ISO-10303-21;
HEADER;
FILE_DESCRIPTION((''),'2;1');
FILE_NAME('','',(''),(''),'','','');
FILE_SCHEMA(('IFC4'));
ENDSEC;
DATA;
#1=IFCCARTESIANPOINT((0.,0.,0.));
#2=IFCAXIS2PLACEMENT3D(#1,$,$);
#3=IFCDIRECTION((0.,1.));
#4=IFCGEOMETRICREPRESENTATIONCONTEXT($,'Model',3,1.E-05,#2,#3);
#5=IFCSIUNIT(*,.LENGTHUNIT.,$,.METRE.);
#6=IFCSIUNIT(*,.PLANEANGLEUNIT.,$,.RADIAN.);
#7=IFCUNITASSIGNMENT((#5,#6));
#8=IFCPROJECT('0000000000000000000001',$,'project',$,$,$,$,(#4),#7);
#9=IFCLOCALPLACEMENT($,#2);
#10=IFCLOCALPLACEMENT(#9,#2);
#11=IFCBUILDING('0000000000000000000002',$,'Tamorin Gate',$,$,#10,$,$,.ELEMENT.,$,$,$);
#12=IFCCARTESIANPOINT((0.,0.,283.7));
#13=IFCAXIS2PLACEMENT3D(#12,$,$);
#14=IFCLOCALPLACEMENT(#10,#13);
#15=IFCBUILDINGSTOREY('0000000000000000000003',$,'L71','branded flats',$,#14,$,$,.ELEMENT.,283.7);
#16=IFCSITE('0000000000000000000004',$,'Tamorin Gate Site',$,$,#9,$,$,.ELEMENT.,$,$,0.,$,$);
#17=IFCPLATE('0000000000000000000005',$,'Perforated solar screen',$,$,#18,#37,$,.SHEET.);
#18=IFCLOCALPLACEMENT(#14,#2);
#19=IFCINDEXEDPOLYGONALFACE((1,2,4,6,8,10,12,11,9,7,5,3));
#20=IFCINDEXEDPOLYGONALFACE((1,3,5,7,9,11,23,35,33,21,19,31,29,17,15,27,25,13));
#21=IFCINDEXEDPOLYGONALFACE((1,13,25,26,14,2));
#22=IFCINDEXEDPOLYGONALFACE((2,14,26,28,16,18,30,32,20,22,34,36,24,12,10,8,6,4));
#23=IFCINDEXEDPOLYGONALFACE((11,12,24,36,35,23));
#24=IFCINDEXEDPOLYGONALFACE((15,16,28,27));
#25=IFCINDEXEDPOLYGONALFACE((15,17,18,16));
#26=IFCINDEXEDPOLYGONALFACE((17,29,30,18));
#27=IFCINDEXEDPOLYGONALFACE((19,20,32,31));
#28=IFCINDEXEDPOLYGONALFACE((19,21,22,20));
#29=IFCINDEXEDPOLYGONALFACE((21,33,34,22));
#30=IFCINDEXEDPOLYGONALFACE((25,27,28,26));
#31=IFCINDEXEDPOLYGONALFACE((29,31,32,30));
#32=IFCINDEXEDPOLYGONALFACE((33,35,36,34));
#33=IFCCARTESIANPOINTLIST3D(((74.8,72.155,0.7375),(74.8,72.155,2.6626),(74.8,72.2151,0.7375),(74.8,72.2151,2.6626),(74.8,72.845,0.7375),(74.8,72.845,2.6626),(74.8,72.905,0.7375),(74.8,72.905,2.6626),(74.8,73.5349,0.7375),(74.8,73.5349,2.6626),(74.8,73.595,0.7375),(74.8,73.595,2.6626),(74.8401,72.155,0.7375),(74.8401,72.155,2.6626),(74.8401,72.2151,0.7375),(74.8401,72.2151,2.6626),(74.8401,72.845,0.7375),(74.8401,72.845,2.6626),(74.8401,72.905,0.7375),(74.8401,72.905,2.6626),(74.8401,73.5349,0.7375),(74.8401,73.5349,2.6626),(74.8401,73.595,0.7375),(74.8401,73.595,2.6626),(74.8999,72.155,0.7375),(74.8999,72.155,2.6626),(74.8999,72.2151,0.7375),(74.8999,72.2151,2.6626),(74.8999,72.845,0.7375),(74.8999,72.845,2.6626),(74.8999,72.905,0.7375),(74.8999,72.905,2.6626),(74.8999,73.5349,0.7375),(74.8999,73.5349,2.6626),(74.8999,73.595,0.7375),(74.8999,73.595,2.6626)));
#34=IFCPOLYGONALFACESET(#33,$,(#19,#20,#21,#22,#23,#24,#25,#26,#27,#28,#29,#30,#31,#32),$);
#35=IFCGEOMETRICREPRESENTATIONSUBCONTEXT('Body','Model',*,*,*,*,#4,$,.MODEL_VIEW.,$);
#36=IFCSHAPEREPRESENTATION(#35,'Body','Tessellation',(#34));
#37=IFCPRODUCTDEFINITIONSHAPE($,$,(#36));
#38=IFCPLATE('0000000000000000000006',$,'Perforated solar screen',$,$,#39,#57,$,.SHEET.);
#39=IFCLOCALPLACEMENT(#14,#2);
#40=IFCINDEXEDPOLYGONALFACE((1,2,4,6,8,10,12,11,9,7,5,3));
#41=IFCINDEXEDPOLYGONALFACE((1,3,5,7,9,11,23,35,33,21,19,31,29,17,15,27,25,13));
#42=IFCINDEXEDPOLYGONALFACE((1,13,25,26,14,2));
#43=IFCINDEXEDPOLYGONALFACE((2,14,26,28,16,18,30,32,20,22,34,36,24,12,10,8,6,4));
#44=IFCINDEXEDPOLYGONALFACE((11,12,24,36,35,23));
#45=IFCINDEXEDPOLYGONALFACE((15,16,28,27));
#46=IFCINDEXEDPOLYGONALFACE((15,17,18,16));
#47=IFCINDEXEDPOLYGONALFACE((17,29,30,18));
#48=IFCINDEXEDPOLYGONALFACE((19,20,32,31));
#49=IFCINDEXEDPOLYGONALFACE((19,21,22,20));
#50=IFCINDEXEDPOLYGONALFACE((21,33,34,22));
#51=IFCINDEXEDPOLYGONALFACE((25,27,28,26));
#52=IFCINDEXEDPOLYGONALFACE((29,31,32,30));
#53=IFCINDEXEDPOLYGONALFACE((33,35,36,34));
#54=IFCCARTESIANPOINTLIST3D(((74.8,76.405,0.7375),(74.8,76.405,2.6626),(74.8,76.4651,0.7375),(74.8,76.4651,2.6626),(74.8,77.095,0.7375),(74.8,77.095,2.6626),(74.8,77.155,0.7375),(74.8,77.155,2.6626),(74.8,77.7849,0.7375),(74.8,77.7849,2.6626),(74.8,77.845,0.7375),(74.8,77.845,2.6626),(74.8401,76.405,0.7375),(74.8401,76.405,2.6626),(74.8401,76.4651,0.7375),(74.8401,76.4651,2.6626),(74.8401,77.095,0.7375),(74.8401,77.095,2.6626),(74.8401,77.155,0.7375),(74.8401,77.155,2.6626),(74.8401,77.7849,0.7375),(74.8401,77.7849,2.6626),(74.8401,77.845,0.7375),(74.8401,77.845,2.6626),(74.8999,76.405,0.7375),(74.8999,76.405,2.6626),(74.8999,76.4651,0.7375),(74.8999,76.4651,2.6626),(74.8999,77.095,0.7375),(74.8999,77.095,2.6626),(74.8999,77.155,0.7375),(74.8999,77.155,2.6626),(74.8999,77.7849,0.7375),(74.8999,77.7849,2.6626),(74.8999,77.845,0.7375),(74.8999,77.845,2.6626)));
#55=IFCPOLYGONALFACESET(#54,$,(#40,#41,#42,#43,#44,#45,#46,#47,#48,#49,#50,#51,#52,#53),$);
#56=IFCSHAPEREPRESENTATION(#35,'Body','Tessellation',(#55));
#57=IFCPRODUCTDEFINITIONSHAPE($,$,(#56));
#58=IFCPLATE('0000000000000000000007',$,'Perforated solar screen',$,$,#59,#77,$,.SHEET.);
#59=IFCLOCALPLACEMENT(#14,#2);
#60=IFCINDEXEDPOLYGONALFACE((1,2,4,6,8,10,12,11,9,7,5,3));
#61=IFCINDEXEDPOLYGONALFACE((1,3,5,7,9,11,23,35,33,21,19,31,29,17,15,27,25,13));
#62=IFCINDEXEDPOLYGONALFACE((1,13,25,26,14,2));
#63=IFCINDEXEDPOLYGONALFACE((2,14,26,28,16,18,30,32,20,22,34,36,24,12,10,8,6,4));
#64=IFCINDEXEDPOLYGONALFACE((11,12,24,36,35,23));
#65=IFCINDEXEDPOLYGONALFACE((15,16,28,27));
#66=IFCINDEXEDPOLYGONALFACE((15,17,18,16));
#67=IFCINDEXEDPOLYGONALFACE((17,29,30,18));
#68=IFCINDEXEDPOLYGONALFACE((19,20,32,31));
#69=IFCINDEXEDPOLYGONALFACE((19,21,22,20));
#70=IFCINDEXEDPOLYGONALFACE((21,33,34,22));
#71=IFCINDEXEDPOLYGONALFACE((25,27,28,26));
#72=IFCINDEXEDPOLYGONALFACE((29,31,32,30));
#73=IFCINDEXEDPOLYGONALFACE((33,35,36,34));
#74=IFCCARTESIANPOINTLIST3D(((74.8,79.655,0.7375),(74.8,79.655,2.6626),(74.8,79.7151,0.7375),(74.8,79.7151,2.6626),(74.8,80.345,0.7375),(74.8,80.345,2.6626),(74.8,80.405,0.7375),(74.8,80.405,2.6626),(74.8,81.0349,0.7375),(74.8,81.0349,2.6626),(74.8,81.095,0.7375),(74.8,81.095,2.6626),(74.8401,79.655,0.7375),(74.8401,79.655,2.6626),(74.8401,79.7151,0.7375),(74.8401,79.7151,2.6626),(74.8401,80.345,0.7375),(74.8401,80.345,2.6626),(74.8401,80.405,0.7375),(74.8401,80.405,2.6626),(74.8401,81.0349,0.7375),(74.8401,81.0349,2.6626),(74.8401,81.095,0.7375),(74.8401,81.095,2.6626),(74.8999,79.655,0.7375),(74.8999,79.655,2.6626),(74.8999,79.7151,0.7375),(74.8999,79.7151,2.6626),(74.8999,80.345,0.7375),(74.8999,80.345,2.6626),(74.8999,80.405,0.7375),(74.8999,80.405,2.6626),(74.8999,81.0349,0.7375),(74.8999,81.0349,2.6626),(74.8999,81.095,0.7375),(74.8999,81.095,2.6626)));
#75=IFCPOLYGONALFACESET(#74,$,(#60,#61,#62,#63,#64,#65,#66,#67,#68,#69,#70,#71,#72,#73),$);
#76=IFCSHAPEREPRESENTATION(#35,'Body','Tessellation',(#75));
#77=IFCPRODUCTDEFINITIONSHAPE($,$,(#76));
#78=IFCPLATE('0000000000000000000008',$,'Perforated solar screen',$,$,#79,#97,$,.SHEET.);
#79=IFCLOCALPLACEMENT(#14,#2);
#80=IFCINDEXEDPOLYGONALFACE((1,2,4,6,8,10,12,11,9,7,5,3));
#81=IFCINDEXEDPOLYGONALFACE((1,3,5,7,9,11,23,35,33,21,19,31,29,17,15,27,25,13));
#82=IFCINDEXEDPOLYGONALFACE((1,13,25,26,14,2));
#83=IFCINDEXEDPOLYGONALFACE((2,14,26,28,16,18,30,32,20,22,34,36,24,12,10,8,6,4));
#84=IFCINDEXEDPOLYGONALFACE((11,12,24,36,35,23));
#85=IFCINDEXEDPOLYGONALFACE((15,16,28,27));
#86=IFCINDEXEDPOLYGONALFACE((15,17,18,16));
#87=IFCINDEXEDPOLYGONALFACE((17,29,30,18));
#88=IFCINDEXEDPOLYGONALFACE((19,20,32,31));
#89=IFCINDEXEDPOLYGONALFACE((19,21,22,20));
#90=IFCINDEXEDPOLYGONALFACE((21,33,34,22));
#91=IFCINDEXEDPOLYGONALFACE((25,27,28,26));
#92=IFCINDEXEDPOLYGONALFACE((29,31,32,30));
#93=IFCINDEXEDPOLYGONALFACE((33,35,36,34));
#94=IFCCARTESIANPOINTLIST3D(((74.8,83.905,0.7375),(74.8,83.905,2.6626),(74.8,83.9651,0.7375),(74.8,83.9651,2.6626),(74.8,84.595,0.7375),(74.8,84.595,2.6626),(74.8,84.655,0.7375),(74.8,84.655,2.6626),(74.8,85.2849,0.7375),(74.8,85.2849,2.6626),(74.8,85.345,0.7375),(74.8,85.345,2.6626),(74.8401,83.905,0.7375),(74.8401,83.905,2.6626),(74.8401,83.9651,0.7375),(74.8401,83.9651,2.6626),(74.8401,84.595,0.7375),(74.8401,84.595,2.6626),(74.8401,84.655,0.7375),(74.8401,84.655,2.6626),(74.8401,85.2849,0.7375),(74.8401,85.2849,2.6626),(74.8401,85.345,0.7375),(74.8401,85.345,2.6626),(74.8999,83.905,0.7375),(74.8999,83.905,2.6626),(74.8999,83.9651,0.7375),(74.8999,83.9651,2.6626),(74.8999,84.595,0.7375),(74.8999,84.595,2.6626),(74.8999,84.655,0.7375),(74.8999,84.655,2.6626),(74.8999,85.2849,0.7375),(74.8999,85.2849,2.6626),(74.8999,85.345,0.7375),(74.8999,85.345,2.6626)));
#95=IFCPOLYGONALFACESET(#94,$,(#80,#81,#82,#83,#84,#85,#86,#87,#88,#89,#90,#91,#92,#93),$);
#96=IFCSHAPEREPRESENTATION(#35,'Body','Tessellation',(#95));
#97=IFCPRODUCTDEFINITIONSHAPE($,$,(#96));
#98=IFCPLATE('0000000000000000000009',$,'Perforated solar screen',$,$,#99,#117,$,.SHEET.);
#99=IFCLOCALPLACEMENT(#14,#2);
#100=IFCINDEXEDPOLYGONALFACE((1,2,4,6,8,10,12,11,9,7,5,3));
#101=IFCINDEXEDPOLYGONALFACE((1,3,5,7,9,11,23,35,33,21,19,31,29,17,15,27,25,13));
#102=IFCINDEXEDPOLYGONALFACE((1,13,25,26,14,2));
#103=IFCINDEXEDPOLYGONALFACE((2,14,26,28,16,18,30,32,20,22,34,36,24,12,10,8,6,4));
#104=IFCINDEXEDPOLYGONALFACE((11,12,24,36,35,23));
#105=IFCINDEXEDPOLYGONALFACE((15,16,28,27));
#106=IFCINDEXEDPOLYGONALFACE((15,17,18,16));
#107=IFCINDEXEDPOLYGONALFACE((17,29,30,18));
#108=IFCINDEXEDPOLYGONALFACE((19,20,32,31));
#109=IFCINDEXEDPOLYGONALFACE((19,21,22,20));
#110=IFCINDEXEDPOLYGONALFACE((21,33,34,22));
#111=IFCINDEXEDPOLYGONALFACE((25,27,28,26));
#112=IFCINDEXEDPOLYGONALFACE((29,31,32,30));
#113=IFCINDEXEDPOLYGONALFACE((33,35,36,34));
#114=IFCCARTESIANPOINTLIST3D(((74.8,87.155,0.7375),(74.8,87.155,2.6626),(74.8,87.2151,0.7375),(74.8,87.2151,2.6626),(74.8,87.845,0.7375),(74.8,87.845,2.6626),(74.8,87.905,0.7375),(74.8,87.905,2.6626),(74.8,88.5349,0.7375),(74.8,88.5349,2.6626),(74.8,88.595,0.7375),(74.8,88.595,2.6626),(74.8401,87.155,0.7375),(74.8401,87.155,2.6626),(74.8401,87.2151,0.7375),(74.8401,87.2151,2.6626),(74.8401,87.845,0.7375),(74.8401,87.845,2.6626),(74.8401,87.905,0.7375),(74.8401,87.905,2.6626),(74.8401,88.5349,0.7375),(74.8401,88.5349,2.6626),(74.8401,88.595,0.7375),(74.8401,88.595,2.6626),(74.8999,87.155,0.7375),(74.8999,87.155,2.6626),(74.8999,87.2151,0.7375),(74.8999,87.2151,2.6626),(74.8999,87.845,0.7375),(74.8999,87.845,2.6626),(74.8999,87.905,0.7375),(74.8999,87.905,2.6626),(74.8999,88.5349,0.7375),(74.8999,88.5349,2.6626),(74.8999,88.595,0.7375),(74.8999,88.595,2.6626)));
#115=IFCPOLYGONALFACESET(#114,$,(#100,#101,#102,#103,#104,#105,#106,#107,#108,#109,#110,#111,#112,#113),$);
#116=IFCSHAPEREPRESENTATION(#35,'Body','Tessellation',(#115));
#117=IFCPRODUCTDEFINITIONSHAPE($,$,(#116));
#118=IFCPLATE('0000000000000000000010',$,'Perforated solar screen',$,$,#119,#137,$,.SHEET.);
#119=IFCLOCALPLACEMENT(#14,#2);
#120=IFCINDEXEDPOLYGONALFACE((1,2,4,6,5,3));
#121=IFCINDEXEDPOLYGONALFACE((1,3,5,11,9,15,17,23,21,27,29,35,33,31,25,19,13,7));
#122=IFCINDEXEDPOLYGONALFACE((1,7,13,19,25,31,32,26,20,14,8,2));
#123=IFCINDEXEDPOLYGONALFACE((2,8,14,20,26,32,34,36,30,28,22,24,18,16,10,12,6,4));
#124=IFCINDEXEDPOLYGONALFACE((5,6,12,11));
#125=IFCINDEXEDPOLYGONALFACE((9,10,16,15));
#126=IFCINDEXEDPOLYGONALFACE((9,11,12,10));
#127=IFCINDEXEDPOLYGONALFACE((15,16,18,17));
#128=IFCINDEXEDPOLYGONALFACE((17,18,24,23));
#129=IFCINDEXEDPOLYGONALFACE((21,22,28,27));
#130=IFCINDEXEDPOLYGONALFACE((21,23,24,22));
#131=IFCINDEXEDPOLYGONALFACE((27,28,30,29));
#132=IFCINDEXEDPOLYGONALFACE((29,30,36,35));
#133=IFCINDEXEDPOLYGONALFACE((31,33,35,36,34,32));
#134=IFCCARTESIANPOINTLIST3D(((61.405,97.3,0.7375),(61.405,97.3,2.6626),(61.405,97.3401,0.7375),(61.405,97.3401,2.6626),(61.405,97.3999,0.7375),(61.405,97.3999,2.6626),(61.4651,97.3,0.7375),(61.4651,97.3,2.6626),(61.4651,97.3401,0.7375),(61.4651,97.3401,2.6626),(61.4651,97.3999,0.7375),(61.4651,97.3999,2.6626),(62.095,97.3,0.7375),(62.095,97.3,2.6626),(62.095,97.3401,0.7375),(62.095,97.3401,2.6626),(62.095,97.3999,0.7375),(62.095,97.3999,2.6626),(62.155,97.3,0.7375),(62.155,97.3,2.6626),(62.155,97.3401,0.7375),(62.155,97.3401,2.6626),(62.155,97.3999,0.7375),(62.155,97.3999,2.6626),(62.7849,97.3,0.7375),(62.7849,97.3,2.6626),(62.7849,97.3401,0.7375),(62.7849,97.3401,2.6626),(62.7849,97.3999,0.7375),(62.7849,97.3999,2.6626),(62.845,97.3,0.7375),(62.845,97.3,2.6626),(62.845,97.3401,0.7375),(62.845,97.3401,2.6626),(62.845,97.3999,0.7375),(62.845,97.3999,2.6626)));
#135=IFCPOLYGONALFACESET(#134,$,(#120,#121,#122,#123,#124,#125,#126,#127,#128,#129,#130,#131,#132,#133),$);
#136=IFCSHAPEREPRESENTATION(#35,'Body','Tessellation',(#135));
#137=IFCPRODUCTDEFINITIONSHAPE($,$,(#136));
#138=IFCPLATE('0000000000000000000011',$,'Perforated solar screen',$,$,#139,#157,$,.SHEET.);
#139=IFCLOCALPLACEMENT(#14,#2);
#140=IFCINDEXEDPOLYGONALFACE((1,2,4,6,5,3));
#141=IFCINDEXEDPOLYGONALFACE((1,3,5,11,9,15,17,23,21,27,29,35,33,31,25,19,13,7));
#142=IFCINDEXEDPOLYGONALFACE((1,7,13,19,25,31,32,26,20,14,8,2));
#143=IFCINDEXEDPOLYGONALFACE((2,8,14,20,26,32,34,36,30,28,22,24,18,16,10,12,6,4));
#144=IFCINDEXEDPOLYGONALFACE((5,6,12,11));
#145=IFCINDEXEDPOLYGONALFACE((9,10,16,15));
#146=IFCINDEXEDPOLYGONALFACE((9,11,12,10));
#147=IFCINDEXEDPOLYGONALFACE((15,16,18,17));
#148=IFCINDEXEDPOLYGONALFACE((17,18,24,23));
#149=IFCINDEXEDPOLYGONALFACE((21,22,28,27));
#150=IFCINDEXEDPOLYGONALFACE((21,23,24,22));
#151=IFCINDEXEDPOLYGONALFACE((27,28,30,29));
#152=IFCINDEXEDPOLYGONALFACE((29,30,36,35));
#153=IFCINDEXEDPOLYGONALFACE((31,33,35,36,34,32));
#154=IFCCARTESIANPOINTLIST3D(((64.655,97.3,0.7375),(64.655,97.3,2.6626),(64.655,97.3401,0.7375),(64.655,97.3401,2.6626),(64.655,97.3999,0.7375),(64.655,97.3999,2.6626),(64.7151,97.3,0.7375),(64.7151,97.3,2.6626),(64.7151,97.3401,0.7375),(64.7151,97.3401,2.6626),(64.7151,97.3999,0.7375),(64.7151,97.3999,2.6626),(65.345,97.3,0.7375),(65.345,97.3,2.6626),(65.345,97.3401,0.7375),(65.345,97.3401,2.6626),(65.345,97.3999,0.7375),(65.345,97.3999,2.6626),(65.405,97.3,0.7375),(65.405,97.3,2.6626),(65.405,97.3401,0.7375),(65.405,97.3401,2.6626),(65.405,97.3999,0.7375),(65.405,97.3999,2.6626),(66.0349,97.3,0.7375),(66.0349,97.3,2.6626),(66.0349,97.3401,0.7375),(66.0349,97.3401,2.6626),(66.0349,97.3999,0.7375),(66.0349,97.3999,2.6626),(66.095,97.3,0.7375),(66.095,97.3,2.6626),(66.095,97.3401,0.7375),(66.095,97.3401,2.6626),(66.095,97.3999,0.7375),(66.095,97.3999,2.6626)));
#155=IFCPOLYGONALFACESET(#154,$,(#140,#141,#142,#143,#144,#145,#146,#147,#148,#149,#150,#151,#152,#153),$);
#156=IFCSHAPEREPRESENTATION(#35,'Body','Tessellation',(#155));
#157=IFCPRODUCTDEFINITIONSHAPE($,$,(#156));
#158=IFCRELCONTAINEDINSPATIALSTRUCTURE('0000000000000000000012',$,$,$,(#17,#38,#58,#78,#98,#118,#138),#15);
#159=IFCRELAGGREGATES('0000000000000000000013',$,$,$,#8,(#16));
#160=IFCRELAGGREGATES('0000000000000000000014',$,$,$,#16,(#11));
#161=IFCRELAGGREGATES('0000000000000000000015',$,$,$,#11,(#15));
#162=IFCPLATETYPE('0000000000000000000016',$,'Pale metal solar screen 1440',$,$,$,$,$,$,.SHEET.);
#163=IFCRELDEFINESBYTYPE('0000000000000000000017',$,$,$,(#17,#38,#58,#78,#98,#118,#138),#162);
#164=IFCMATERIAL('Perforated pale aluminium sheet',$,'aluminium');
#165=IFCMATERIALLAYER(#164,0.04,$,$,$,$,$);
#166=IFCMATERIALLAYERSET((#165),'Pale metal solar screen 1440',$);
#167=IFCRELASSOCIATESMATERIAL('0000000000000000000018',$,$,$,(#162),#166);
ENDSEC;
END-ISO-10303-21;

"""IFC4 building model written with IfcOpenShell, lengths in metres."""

from ifc_helpers import new_model, si_unit, direction, frame, origin, place, context, subcontext, project, spatial, polyline, outline, extrude, material, layer, layer_set, type_object, element, save


model = new_model("IFC4")

# Units and contexts
model_context = context("Model", 3, precision=1e-05, world=origin(), true_north=direction((0.0, 1.0)))
body_context = subcontext(model_context, "Body", "Model", "MODEL_VIEW")
ifc_project = project(units=[si_unit("LENGTHUNIT", "METRE"), si_unit("PLANEANGLEUNIT", "RADIAN")], contexts=[model_context])

# Site, building, storey
site_placement = place(None, origin())
site = spatial("IfcSite", under=ifc_project, at=site_placement, Name="Tamorin Gate Site", CompositionType="ELEMENT", RefElevation=0.0)
building_placement = place(site_placement, origin())
building = spatial("IfcBuilding", under=site, at=building_placement, Name="Tamorin Gate", CompositionType="ELEMENT")
storey_placement = place(building_placement, frame((0.0, 0.0, 283.7)))
storey = spatial("IfcBuildingStorey", under=building, at=storey_placement, Name="L71", Description="branded flats", CompositionType="ELEMENT", Elevation=283.7)

# Plates
ifc_material_1 = material(Name="Perforated pale aluminium sheet", Category="aluminium")
ifc_layer_1 = layer(ifc_material_1, 0.04)
ifc_layer_set_1 = layer_set([ifc_layer_1], Name="Pale metal solar screen 1440")
plate_type = type_object("IfcPlateType", Name="Pale metal solar screen 1440", PredefinedType="SHEET", material=ifc_layer_set_1)
plate_1_placement = place(storey_placement, frame((0.0, 0.0, 0.7375)))
element("IfcPlate", 1, at=plate_1_placement, inside=storey, type_object=plate_type, Name="Perforated solar screen", PredefinedType="SHEET", context=body_context, shape_type="SweptSolid", body=[
    extrude(outline(polyline([(74.8401, 72.155), (74.8, 72.155), (74.8, 72.2151), (74.8, 72.845), (74.8, 72.905), (74.8, 73.5349), (74.8, 73.595), (74.8401, 73.595), (74.8999, 73.595), (74.8999, 73.5349), (74.8401, 73.5349), (74.8401, 72.905), (74.8999, 72.905), (74.8999, 72.845), (74.8401, 72.845), (74.8401, 72.2151), (74.8999, 72.2151), (74.8999, 72.155), (74.8401, 72.155)])), origin(), (0.0, 0.0, 1.0), 1.925),
])
plate_2_placement = place(storey_placement, frame((0.0, 0.0, 0.7375)))
element("IfcPlate", 2, at=plate_2_placement, inside=storey, type_object=plate_type, Name="Perforated solar screen", PredefinedType="SHEET", context=body_context, shape_type="SweptSolid", body=[
    extrude(outline(polyline([(74.8401, 76.405), (74.8, 76.405), (74.8, 76.4651), (74.8, 77.095), (74.8, 77.155), (74.8, 77.7849), (74.8, 77.845), (74.8401, 77.845), (74.8999, 77.845), (74.8999, 77.7849), (74.8401, 77.7849), (74.8401, 77.155), (74.8999, 77.155), (74.8999, 77.095), (74.8401, 77.095), (74.8401, 76.4651), (74.8999, 76.4651), (74.8999, 76.405), (74.8401, 76.405)])), origin(), (0.0, 0.0, 1.0), 1.925),
])
plate_3_placement = place(storey_placement, frame((0.0, 0.0, 0.7375)))
element("IfcPlate", 3, at=plate_3_placement, inside=storey, type_object=plate_type, Name="Perforated solar screen", PredefinedType="SHEET", context=body_context, shape_type="SweptSolid", body=[
    extrude(outline(polyline([(74.8401, 79.655), (74.8, 79.655), (74.8, 79.7151), (74.8, 80.345), (74.8, 80.405), (74.8, 81.0349), (74.8, 81.095), (74.8401, 81.095), (74.8999, 81.095), (74.8999, 81.0349), (74.8401, 81.0349), (74.8401, 80.405), (74.8999, 80.405), (74.8999, 80.345), (74.8401, 80.345), (74.8401, 79.7151), (74.8999, 79.7151), (74.8999, 79.655), (74.8401, 79.655)])), origin(), (0.0, 0.0, 1.0), 1.925),
])
plate_4_placement = place(storey_placement, frame((0.0, 0.0, 0.7375)))
element("IfcPlate", 4, at=plate_4_placement, inside=storey, type_object=plate_type, Name="Perforated solar screen", PredefinedType="SHEET", context=body_context, shape_type="SweptSolid", body=[
    extrude(outline(polyline([(74.8401, 83.905), (74.8, 83.905), (74.8, 83.9651), (74.8, 84.595), (74.8, 84.655), (74.8, 85.2849), (74.8, 85.345), (74.8401, 85.345), (74.8999, 85.345), (74.8999, 85.2849), (74.8401, 85.2849), (74.8401, 84.655), (74.8999, 84.655), (74.8999, 84.595), (74.8401, 84.595), (74.8401, 83.9651), (74.8999, 83.9651), (74.8999, 83.905), (74.8401, 83.905)])), origin(), (0.0, 0.0, 1.0), 1.925),
])
plate_5_placement = place(storey_placement, frame((0.0, 0.0, 0.7375)))
element("IfcPlate", 5, at=plate_5_placement, inside=storey, type_object=plate_type, Name="Perforated solar screen", PredefinedType="SHEET", context=body_context, shape_type="SweptSolid", body=[
    extrude(outline(polyline([(74.8401, 87.155), (74.8, 87.155), (74.8, 87.2151), (74.8, 87.845), (74.8, 87.905), (74.8, 88.5349), (74.8, 88.595), (74.8401, 88.595), (74.8999, 88.595), (74.8999, 88.5349), (74.8401, 88.5349), (74.8401, 87.905), (74.8999, 87.905), (74.8999, 87.845), (74.8401, 87.845), (74.8401, 87.2151), (74.8999, 87.2151), (74.8999, 87.155), (74.8401, 87.155)])), origin(), (0.0, 0.0, 1.0), 1.925),
])
plate_6_placement = place(storey_placement, frame((0.0, 0.0, 0.7375)))
element("IfcPlate", 6, at=plate_6_placement, inside=storey, type_object=plate_type, Name="Perforated solar screen", PredefinedType="SHEET", context=body_context, shape_type="SweptSolid", body=[
    extrude(outline(polyline([(62.845, 97.3401), (62.845, 97.3), (62.7849, 97.3), (62.155, 97.3), (62.095, 97.3), (61.4651, 97.3), (61.405, 97.3), (61.405, 97.3), (61.405, 97.3401), (61.405, 97.3401), (61.405, 97.3999), (61.4651, 97.3999), (61.4651, 97.3401), (62.095, 97.3401), (62.095, 97.3999), (62.155, 97.3999), (62.155, 97.3401), (62.7849, 97.3401), (62.7849, 97.3999), (62.845, 97.3999), (62.845, 97.3401)])), origin(), (0.0, 0.0, 1.0), 1.925),
])
plate_7_placement = place(storey_placement, frame((0.0, 0.0, 0.7375)))
element("IfcPlate", 7, at=plate_7_placement, inside=storey, type_object=plate_type, Name="Perforated solar screen", PredefinedType="SHEET", context=body_context, shape_type="SweptSolid", body=[
    extrude(outline(polyline([(66.095, 97.3401), (66.095, 97.3), (66.0349, 97.3), (65.405, 97.3), (65.345, 97.3), (64.7151, 97.3), (64.655, 97.3), (64.655, 97.3), (64.655, 97.3401), (64.655, 97.3401), (64.655, 97.3999), (64.7151, 97.3999), (64.7151, 97.3401), (65.345, 97.3401), (65.345, 97.3999), (65.405, 97.3999), (65.405, 97.3401), (66.0349, 97.3401), (66.0349, 97.3999), (66.095, 97.3999), (66.095, 97.3401)])), origin(), (0.0, 0.0, 1.0), 1.925),
])

save(model, "model.ifc")
